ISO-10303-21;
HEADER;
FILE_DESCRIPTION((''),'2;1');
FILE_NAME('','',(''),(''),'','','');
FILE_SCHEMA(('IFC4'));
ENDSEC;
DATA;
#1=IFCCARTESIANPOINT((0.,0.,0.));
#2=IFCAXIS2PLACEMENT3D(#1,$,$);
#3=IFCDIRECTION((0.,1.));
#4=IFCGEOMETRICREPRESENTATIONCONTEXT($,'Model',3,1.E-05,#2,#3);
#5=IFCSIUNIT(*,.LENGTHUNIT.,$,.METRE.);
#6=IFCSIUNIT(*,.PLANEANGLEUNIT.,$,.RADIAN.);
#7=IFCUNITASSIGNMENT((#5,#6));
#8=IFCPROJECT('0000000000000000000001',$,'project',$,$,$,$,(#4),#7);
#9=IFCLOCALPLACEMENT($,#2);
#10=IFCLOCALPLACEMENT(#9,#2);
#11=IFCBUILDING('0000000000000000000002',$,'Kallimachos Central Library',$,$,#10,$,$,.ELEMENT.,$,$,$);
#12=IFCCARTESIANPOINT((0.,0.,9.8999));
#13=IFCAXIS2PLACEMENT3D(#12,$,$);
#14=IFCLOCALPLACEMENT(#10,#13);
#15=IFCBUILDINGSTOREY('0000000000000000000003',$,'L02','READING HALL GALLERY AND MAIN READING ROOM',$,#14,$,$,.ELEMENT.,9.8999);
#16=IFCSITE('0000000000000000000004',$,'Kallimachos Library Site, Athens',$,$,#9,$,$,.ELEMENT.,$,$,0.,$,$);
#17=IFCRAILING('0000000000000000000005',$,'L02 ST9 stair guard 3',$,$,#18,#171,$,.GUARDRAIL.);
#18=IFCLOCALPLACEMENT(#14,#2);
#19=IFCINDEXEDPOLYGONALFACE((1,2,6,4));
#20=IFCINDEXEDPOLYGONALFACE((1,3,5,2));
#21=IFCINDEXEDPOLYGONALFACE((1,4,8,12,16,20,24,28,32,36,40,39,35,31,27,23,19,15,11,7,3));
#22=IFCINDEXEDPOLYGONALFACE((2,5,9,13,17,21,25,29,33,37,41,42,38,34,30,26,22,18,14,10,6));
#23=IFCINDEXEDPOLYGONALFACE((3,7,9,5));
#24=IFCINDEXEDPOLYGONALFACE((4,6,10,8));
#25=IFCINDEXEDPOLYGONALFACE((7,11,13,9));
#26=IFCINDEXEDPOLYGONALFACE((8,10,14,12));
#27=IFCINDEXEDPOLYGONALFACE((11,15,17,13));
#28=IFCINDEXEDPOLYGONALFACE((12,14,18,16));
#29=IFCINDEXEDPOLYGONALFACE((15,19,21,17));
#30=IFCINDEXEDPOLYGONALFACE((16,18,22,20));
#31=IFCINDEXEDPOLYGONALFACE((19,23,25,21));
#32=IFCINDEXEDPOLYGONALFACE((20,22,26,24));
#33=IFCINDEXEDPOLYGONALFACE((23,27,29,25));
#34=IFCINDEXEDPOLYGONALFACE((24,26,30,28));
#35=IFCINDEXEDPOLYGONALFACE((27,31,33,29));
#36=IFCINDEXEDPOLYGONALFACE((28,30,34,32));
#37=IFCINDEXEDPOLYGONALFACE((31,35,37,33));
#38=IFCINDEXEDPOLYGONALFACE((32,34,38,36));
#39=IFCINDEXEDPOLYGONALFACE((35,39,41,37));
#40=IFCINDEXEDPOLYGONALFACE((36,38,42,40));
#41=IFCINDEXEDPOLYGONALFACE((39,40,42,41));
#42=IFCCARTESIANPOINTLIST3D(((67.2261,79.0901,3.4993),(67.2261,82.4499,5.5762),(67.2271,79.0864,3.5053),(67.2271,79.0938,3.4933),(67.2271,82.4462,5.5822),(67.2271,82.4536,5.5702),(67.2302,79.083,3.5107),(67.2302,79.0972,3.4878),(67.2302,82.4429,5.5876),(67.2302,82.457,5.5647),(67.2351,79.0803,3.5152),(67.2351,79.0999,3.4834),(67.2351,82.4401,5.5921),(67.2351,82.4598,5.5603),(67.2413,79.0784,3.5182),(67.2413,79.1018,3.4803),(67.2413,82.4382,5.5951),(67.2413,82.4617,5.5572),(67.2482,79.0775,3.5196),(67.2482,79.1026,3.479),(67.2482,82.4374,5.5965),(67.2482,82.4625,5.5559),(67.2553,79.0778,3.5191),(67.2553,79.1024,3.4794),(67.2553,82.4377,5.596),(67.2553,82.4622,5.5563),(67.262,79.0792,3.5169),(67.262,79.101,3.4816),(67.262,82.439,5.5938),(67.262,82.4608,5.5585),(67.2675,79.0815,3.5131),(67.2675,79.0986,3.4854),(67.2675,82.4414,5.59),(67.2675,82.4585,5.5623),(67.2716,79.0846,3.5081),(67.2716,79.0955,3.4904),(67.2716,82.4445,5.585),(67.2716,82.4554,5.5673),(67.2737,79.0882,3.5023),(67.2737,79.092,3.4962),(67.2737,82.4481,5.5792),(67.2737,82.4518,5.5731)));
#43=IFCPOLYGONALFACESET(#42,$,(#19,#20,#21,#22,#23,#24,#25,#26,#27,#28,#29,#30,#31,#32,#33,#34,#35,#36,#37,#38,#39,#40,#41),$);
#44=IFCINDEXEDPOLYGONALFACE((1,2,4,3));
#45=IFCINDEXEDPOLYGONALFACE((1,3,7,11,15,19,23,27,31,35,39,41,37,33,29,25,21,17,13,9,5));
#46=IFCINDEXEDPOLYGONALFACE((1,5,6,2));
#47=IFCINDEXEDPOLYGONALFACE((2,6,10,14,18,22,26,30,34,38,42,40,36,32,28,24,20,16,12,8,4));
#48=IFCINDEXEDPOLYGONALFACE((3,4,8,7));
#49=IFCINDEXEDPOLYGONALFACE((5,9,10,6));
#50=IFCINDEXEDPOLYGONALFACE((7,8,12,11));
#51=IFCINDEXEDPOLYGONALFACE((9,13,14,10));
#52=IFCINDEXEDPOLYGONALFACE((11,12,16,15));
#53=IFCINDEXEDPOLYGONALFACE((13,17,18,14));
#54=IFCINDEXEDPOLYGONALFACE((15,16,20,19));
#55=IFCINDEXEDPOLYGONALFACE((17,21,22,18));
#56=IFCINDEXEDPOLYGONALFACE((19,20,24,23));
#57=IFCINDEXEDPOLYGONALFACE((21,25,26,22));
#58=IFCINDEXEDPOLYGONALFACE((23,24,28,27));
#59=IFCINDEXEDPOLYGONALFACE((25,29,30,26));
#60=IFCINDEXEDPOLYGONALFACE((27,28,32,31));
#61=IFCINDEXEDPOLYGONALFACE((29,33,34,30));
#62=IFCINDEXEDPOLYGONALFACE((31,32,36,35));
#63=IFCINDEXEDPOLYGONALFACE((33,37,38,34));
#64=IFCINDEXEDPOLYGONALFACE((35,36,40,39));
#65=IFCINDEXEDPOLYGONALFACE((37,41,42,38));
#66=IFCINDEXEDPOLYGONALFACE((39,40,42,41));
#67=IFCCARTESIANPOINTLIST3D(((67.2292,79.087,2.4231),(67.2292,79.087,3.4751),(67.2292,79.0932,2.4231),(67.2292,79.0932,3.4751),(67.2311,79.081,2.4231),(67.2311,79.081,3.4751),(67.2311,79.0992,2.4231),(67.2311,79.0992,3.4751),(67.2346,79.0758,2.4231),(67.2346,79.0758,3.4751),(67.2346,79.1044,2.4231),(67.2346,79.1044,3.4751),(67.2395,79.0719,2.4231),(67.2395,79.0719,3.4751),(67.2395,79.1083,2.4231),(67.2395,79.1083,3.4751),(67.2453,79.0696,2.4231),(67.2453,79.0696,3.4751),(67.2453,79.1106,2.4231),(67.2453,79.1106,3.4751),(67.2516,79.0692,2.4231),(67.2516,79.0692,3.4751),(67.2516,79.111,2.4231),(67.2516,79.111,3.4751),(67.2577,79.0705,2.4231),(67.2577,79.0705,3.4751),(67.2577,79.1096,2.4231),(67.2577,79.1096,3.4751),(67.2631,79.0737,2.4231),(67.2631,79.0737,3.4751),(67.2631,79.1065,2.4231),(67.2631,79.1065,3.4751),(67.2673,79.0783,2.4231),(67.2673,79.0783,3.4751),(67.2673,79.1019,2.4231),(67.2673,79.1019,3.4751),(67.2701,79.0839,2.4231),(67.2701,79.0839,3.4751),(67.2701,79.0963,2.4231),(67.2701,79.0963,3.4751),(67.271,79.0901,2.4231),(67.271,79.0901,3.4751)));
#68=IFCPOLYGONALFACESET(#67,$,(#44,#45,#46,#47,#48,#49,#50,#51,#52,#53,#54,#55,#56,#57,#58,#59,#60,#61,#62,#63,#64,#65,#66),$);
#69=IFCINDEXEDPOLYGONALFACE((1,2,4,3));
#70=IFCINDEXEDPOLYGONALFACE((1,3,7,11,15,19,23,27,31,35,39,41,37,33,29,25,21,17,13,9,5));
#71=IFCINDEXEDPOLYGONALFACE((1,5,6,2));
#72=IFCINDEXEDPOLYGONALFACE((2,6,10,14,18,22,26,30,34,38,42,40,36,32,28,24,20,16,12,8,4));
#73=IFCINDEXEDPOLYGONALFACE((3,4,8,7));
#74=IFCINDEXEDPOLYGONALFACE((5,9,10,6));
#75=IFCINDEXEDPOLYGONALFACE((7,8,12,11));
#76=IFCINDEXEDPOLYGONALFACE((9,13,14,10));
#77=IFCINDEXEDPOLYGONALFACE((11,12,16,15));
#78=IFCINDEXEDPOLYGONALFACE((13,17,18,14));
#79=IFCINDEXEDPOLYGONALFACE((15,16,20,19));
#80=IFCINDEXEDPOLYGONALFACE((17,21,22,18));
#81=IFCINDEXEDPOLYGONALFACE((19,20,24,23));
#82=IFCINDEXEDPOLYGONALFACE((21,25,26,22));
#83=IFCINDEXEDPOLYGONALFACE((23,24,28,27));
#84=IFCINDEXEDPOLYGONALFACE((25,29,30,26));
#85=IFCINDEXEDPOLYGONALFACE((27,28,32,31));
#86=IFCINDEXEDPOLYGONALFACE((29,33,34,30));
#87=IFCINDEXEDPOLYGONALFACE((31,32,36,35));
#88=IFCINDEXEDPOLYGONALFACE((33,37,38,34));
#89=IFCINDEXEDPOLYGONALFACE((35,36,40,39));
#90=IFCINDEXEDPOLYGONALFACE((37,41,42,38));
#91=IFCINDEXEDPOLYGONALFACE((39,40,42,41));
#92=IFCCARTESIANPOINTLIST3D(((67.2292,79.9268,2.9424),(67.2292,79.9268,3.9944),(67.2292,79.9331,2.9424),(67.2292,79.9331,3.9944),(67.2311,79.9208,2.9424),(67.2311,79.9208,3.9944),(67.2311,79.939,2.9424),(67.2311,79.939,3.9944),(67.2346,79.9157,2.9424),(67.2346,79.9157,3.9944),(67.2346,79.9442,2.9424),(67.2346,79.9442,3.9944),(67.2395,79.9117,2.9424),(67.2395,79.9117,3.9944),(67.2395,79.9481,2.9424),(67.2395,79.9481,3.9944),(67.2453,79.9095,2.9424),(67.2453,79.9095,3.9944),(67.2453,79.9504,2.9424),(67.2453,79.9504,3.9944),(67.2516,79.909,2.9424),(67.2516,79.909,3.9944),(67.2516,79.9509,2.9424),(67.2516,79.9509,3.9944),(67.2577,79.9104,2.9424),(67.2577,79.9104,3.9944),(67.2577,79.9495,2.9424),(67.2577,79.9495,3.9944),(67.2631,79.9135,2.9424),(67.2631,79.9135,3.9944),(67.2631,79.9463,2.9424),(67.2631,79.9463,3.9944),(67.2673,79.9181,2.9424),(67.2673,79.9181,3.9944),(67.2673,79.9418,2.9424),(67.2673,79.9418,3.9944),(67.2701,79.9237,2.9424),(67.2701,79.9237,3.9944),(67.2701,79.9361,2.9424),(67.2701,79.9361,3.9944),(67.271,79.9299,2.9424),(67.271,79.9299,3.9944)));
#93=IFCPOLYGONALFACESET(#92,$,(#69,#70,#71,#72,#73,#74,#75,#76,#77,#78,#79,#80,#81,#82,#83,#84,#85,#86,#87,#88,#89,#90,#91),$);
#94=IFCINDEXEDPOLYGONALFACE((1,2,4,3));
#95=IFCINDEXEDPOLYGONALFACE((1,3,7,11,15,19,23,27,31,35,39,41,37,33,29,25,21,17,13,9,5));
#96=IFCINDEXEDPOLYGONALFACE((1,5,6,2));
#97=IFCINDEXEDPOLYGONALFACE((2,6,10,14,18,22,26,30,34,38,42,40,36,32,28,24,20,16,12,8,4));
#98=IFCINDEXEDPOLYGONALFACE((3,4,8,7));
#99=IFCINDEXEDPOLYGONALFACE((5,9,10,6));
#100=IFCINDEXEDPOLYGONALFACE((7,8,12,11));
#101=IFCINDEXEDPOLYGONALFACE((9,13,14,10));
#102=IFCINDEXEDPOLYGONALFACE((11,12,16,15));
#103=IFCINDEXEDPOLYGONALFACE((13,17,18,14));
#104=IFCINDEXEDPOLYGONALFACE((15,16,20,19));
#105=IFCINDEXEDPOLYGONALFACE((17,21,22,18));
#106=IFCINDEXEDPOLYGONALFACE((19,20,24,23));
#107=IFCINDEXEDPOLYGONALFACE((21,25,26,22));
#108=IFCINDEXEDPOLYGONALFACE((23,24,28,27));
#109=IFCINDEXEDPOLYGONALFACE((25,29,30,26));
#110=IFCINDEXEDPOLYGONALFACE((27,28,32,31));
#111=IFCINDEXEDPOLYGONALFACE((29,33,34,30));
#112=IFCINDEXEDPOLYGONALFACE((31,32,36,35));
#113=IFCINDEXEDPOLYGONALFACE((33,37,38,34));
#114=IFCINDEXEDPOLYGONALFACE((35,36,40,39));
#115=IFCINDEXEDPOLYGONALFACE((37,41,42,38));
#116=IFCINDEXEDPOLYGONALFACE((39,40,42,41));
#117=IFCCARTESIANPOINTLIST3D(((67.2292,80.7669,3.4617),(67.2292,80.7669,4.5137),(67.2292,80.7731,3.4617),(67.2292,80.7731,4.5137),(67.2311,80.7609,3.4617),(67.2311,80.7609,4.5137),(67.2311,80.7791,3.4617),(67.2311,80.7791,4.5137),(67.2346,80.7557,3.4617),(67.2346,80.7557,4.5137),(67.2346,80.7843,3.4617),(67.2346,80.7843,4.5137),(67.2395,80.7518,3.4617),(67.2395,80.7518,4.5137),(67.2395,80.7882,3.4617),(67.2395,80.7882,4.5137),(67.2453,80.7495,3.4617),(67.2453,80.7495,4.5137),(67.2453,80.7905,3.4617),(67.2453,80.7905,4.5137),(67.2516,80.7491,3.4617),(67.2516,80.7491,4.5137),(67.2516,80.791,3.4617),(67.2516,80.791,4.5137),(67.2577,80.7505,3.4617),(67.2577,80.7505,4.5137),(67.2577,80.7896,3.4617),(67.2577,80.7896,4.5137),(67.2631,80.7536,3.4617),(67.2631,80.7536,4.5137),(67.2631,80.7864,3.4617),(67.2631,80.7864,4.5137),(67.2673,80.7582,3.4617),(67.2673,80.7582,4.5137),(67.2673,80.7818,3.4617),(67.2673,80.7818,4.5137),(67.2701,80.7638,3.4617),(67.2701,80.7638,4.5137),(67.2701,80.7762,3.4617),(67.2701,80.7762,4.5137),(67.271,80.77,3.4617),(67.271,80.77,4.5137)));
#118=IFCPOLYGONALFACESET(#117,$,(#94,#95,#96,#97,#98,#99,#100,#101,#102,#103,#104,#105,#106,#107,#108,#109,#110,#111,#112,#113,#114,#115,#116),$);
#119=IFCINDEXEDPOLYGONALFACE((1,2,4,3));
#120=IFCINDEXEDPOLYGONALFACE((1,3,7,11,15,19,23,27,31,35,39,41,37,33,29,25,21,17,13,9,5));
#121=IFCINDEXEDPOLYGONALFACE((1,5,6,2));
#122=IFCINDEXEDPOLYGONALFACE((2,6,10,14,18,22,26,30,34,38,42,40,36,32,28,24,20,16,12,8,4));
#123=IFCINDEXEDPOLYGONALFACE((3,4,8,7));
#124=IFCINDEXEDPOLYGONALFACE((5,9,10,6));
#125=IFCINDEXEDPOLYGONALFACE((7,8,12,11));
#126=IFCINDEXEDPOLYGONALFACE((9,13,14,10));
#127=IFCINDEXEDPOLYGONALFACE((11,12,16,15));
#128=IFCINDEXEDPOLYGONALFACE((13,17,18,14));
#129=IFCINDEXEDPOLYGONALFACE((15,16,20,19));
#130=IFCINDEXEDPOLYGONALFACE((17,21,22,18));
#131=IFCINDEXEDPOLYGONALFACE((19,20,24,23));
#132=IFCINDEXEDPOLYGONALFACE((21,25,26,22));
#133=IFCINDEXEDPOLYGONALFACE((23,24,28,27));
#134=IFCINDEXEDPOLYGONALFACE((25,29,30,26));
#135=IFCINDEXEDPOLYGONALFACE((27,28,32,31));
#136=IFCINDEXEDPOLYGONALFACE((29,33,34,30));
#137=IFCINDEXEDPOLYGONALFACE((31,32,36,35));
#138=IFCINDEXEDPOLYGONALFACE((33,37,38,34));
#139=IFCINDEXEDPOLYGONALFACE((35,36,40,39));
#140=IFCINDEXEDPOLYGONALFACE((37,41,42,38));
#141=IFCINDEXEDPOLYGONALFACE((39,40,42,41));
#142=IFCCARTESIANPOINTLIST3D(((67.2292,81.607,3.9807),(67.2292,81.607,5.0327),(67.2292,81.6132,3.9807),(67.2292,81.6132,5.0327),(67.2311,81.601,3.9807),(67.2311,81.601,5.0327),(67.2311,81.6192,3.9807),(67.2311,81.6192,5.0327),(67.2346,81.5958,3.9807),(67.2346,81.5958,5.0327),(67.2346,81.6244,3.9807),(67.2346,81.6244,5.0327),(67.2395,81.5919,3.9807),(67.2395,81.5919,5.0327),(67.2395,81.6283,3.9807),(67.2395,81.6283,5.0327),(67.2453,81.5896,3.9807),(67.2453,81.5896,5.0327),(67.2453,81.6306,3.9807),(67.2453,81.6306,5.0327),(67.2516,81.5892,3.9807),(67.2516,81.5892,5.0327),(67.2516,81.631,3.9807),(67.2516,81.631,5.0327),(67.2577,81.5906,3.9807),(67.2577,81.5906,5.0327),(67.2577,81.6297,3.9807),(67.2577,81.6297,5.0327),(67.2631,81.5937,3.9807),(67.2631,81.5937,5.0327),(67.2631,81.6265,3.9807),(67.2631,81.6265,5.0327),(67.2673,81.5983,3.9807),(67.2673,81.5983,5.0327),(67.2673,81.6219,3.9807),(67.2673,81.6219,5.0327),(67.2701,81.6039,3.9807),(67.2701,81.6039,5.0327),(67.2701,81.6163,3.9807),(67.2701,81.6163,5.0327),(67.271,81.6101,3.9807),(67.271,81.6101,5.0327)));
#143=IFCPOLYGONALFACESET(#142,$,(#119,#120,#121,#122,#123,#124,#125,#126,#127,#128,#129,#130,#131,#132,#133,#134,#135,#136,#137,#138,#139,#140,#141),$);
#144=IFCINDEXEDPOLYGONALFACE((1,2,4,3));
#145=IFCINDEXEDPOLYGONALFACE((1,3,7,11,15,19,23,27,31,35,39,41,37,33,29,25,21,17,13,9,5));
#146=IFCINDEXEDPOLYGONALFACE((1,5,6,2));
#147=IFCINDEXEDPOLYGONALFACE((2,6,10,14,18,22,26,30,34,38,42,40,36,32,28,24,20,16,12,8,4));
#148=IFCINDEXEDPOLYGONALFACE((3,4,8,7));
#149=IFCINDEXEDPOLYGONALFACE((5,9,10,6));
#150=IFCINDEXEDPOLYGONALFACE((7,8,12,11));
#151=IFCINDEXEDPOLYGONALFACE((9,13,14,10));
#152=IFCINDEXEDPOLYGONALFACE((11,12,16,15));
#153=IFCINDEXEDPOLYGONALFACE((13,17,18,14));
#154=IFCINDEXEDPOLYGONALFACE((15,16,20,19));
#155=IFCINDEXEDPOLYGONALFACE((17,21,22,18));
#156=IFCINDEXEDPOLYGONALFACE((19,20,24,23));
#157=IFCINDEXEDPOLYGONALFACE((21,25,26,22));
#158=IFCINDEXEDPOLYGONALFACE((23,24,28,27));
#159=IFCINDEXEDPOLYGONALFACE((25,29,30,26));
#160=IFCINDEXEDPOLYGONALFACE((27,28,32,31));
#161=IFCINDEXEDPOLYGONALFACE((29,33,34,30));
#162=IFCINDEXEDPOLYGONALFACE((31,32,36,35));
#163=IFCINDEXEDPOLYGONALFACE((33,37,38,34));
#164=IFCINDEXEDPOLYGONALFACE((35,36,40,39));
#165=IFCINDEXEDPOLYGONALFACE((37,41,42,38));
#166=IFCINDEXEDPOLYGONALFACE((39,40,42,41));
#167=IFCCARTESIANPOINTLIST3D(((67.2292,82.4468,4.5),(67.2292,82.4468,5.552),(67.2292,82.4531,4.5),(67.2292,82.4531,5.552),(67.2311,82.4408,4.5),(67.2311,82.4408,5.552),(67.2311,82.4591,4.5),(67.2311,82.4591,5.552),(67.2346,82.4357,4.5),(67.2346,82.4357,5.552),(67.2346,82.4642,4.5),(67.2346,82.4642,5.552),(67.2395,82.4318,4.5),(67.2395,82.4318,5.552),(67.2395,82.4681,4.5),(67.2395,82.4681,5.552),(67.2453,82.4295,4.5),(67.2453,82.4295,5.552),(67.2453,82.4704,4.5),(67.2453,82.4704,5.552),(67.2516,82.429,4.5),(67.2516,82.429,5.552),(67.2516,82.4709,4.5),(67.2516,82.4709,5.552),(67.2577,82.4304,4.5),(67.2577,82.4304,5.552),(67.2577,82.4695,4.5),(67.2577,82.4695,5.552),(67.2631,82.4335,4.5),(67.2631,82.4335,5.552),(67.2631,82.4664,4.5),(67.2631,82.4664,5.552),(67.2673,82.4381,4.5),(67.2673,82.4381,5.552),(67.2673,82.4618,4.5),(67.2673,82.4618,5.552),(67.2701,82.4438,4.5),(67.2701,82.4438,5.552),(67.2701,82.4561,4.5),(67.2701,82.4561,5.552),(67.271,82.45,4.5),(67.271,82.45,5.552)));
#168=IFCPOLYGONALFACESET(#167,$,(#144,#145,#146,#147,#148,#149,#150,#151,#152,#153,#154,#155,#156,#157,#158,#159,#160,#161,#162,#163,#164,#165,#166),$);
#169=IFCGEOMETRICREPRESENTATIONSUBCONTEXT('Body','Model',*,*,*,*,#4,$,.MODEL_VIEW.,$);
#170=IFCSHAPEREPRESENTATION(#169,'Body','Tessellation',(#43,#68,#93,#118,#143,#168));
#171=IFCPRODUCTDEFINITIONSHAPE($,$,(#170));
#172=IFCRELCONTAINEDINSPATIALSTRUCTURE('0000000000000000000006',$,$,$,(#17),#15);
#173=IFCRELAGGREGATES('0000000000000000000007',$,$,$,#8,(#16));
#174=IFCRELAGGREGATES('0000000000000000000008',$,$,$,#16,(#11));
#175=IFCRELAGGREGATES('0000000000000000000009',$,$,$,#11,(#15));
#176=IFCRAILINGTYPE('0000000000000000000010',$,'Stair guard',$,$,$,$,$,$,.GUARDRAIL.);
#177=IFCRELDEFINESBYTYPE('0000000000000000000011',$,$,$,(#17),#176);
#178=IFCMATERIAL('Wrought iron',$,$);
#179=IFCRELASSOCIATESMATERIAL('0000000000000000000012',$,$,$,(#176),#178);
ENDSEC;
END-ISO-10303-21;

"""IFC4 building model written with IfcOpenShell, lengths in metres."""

from ifc_helpers import new_model, si_unit, direction, frame, origin, origin_2d, place, context, subcontext, project, spatial, circle, extrude, material, type_object, element, save


model = new_model("IFC4")

# Units and contexts
model_context = context("Model", 3, precision=1e-05, world=origin(), true_north=direction((0.0, 1.0)))
body_context = subcontext(model_context, "Body", "Model", "MODEL_VIEW")
ifc_project = project(units=[si_unit("LENGTHUNIT", "METRE"), si_unit("PLANEANGLEUNIT", "RADIAN")], contexts=[model_context])

# Site, building, storey
site_placement = place(None, origin())
site = spatial("IfcSite", under=ifc_project, at=site_placement, Name="Kallimachos Library Site, Athens", CompositionType="ELEMENT", RefElevation=0.0)
building_placement = place(site_placement, origin())
building = spatial("IfcBuilding", under=site, at=building_placement, Name="Kallimachos Central Library", CompositionType="ELEMENT")
storey_placement = place(building_placement, frame((0.0, 0.0, 9.8999)))
storey = spatial("IfcBuildingStorey", under=building, at=storey_placement, Name="L02", Description="READING HALL GALLERY AND MAIN READING ROOM", CompositionType="ELEMENT", Elevation=9.8999)

# Railing
ifc_material_1 = material(Name="Wrought iron")
railing_type_1 = type_object("IfcRailingType", Name="Stair guard", PredefinedType="GUARDRAIL", material=ifc_material_1)
railing_1_placement = place(storey_placement, frame((67.25, 79.0901, 2.4231)))
element("IfcRailing", 1, at=railing_1_placement, inside=storey, type_object=railing_type_1, Name="L02 ST9 stair guard 3", PredefinedType="GUARDRAIL", context=body_context, shape_type="SweptSolid", body=[
    extrude(circle(Radius=0.0239, at=origin_2d()), frame((0.0, 0.0, 1.0762), z_axis=(0.0, 0.850606, 0.525803), x_axis=(-1.0, 0.0, 0.0)), (0.0, 0.0, 1.0), 3.95),
    extrude(circle(Radius=0.021, at=origin_2d()), origin(), (0.0, 0.0, 1.0), 1.052),
    extrude(circle(Radius=0.021, at=origin_2d()), frame((0.0, 0.8398, 0.5193)), (0.0, 0.0, 1.0), 1.052),
    extrude(circle(Radius=0.021, at=origin_2d()), frame((0.0, 1.6799, 1.0386)), (0.0, 0.0, 1.0), 1.052),
    extrude(circle(Radius=0.021, at=origin_2d()), frame((0.0, 2.52, 1.5576)), (0.0, 0.0, 1.0), 1.052),
    extrude(circle(Radius=0.021, at=origin_2d()), frame((0.0, 3.3599, 2.0769)), (0.0, 0.0, 1.0), 1.052),
])

save(model, "model.ifc")
